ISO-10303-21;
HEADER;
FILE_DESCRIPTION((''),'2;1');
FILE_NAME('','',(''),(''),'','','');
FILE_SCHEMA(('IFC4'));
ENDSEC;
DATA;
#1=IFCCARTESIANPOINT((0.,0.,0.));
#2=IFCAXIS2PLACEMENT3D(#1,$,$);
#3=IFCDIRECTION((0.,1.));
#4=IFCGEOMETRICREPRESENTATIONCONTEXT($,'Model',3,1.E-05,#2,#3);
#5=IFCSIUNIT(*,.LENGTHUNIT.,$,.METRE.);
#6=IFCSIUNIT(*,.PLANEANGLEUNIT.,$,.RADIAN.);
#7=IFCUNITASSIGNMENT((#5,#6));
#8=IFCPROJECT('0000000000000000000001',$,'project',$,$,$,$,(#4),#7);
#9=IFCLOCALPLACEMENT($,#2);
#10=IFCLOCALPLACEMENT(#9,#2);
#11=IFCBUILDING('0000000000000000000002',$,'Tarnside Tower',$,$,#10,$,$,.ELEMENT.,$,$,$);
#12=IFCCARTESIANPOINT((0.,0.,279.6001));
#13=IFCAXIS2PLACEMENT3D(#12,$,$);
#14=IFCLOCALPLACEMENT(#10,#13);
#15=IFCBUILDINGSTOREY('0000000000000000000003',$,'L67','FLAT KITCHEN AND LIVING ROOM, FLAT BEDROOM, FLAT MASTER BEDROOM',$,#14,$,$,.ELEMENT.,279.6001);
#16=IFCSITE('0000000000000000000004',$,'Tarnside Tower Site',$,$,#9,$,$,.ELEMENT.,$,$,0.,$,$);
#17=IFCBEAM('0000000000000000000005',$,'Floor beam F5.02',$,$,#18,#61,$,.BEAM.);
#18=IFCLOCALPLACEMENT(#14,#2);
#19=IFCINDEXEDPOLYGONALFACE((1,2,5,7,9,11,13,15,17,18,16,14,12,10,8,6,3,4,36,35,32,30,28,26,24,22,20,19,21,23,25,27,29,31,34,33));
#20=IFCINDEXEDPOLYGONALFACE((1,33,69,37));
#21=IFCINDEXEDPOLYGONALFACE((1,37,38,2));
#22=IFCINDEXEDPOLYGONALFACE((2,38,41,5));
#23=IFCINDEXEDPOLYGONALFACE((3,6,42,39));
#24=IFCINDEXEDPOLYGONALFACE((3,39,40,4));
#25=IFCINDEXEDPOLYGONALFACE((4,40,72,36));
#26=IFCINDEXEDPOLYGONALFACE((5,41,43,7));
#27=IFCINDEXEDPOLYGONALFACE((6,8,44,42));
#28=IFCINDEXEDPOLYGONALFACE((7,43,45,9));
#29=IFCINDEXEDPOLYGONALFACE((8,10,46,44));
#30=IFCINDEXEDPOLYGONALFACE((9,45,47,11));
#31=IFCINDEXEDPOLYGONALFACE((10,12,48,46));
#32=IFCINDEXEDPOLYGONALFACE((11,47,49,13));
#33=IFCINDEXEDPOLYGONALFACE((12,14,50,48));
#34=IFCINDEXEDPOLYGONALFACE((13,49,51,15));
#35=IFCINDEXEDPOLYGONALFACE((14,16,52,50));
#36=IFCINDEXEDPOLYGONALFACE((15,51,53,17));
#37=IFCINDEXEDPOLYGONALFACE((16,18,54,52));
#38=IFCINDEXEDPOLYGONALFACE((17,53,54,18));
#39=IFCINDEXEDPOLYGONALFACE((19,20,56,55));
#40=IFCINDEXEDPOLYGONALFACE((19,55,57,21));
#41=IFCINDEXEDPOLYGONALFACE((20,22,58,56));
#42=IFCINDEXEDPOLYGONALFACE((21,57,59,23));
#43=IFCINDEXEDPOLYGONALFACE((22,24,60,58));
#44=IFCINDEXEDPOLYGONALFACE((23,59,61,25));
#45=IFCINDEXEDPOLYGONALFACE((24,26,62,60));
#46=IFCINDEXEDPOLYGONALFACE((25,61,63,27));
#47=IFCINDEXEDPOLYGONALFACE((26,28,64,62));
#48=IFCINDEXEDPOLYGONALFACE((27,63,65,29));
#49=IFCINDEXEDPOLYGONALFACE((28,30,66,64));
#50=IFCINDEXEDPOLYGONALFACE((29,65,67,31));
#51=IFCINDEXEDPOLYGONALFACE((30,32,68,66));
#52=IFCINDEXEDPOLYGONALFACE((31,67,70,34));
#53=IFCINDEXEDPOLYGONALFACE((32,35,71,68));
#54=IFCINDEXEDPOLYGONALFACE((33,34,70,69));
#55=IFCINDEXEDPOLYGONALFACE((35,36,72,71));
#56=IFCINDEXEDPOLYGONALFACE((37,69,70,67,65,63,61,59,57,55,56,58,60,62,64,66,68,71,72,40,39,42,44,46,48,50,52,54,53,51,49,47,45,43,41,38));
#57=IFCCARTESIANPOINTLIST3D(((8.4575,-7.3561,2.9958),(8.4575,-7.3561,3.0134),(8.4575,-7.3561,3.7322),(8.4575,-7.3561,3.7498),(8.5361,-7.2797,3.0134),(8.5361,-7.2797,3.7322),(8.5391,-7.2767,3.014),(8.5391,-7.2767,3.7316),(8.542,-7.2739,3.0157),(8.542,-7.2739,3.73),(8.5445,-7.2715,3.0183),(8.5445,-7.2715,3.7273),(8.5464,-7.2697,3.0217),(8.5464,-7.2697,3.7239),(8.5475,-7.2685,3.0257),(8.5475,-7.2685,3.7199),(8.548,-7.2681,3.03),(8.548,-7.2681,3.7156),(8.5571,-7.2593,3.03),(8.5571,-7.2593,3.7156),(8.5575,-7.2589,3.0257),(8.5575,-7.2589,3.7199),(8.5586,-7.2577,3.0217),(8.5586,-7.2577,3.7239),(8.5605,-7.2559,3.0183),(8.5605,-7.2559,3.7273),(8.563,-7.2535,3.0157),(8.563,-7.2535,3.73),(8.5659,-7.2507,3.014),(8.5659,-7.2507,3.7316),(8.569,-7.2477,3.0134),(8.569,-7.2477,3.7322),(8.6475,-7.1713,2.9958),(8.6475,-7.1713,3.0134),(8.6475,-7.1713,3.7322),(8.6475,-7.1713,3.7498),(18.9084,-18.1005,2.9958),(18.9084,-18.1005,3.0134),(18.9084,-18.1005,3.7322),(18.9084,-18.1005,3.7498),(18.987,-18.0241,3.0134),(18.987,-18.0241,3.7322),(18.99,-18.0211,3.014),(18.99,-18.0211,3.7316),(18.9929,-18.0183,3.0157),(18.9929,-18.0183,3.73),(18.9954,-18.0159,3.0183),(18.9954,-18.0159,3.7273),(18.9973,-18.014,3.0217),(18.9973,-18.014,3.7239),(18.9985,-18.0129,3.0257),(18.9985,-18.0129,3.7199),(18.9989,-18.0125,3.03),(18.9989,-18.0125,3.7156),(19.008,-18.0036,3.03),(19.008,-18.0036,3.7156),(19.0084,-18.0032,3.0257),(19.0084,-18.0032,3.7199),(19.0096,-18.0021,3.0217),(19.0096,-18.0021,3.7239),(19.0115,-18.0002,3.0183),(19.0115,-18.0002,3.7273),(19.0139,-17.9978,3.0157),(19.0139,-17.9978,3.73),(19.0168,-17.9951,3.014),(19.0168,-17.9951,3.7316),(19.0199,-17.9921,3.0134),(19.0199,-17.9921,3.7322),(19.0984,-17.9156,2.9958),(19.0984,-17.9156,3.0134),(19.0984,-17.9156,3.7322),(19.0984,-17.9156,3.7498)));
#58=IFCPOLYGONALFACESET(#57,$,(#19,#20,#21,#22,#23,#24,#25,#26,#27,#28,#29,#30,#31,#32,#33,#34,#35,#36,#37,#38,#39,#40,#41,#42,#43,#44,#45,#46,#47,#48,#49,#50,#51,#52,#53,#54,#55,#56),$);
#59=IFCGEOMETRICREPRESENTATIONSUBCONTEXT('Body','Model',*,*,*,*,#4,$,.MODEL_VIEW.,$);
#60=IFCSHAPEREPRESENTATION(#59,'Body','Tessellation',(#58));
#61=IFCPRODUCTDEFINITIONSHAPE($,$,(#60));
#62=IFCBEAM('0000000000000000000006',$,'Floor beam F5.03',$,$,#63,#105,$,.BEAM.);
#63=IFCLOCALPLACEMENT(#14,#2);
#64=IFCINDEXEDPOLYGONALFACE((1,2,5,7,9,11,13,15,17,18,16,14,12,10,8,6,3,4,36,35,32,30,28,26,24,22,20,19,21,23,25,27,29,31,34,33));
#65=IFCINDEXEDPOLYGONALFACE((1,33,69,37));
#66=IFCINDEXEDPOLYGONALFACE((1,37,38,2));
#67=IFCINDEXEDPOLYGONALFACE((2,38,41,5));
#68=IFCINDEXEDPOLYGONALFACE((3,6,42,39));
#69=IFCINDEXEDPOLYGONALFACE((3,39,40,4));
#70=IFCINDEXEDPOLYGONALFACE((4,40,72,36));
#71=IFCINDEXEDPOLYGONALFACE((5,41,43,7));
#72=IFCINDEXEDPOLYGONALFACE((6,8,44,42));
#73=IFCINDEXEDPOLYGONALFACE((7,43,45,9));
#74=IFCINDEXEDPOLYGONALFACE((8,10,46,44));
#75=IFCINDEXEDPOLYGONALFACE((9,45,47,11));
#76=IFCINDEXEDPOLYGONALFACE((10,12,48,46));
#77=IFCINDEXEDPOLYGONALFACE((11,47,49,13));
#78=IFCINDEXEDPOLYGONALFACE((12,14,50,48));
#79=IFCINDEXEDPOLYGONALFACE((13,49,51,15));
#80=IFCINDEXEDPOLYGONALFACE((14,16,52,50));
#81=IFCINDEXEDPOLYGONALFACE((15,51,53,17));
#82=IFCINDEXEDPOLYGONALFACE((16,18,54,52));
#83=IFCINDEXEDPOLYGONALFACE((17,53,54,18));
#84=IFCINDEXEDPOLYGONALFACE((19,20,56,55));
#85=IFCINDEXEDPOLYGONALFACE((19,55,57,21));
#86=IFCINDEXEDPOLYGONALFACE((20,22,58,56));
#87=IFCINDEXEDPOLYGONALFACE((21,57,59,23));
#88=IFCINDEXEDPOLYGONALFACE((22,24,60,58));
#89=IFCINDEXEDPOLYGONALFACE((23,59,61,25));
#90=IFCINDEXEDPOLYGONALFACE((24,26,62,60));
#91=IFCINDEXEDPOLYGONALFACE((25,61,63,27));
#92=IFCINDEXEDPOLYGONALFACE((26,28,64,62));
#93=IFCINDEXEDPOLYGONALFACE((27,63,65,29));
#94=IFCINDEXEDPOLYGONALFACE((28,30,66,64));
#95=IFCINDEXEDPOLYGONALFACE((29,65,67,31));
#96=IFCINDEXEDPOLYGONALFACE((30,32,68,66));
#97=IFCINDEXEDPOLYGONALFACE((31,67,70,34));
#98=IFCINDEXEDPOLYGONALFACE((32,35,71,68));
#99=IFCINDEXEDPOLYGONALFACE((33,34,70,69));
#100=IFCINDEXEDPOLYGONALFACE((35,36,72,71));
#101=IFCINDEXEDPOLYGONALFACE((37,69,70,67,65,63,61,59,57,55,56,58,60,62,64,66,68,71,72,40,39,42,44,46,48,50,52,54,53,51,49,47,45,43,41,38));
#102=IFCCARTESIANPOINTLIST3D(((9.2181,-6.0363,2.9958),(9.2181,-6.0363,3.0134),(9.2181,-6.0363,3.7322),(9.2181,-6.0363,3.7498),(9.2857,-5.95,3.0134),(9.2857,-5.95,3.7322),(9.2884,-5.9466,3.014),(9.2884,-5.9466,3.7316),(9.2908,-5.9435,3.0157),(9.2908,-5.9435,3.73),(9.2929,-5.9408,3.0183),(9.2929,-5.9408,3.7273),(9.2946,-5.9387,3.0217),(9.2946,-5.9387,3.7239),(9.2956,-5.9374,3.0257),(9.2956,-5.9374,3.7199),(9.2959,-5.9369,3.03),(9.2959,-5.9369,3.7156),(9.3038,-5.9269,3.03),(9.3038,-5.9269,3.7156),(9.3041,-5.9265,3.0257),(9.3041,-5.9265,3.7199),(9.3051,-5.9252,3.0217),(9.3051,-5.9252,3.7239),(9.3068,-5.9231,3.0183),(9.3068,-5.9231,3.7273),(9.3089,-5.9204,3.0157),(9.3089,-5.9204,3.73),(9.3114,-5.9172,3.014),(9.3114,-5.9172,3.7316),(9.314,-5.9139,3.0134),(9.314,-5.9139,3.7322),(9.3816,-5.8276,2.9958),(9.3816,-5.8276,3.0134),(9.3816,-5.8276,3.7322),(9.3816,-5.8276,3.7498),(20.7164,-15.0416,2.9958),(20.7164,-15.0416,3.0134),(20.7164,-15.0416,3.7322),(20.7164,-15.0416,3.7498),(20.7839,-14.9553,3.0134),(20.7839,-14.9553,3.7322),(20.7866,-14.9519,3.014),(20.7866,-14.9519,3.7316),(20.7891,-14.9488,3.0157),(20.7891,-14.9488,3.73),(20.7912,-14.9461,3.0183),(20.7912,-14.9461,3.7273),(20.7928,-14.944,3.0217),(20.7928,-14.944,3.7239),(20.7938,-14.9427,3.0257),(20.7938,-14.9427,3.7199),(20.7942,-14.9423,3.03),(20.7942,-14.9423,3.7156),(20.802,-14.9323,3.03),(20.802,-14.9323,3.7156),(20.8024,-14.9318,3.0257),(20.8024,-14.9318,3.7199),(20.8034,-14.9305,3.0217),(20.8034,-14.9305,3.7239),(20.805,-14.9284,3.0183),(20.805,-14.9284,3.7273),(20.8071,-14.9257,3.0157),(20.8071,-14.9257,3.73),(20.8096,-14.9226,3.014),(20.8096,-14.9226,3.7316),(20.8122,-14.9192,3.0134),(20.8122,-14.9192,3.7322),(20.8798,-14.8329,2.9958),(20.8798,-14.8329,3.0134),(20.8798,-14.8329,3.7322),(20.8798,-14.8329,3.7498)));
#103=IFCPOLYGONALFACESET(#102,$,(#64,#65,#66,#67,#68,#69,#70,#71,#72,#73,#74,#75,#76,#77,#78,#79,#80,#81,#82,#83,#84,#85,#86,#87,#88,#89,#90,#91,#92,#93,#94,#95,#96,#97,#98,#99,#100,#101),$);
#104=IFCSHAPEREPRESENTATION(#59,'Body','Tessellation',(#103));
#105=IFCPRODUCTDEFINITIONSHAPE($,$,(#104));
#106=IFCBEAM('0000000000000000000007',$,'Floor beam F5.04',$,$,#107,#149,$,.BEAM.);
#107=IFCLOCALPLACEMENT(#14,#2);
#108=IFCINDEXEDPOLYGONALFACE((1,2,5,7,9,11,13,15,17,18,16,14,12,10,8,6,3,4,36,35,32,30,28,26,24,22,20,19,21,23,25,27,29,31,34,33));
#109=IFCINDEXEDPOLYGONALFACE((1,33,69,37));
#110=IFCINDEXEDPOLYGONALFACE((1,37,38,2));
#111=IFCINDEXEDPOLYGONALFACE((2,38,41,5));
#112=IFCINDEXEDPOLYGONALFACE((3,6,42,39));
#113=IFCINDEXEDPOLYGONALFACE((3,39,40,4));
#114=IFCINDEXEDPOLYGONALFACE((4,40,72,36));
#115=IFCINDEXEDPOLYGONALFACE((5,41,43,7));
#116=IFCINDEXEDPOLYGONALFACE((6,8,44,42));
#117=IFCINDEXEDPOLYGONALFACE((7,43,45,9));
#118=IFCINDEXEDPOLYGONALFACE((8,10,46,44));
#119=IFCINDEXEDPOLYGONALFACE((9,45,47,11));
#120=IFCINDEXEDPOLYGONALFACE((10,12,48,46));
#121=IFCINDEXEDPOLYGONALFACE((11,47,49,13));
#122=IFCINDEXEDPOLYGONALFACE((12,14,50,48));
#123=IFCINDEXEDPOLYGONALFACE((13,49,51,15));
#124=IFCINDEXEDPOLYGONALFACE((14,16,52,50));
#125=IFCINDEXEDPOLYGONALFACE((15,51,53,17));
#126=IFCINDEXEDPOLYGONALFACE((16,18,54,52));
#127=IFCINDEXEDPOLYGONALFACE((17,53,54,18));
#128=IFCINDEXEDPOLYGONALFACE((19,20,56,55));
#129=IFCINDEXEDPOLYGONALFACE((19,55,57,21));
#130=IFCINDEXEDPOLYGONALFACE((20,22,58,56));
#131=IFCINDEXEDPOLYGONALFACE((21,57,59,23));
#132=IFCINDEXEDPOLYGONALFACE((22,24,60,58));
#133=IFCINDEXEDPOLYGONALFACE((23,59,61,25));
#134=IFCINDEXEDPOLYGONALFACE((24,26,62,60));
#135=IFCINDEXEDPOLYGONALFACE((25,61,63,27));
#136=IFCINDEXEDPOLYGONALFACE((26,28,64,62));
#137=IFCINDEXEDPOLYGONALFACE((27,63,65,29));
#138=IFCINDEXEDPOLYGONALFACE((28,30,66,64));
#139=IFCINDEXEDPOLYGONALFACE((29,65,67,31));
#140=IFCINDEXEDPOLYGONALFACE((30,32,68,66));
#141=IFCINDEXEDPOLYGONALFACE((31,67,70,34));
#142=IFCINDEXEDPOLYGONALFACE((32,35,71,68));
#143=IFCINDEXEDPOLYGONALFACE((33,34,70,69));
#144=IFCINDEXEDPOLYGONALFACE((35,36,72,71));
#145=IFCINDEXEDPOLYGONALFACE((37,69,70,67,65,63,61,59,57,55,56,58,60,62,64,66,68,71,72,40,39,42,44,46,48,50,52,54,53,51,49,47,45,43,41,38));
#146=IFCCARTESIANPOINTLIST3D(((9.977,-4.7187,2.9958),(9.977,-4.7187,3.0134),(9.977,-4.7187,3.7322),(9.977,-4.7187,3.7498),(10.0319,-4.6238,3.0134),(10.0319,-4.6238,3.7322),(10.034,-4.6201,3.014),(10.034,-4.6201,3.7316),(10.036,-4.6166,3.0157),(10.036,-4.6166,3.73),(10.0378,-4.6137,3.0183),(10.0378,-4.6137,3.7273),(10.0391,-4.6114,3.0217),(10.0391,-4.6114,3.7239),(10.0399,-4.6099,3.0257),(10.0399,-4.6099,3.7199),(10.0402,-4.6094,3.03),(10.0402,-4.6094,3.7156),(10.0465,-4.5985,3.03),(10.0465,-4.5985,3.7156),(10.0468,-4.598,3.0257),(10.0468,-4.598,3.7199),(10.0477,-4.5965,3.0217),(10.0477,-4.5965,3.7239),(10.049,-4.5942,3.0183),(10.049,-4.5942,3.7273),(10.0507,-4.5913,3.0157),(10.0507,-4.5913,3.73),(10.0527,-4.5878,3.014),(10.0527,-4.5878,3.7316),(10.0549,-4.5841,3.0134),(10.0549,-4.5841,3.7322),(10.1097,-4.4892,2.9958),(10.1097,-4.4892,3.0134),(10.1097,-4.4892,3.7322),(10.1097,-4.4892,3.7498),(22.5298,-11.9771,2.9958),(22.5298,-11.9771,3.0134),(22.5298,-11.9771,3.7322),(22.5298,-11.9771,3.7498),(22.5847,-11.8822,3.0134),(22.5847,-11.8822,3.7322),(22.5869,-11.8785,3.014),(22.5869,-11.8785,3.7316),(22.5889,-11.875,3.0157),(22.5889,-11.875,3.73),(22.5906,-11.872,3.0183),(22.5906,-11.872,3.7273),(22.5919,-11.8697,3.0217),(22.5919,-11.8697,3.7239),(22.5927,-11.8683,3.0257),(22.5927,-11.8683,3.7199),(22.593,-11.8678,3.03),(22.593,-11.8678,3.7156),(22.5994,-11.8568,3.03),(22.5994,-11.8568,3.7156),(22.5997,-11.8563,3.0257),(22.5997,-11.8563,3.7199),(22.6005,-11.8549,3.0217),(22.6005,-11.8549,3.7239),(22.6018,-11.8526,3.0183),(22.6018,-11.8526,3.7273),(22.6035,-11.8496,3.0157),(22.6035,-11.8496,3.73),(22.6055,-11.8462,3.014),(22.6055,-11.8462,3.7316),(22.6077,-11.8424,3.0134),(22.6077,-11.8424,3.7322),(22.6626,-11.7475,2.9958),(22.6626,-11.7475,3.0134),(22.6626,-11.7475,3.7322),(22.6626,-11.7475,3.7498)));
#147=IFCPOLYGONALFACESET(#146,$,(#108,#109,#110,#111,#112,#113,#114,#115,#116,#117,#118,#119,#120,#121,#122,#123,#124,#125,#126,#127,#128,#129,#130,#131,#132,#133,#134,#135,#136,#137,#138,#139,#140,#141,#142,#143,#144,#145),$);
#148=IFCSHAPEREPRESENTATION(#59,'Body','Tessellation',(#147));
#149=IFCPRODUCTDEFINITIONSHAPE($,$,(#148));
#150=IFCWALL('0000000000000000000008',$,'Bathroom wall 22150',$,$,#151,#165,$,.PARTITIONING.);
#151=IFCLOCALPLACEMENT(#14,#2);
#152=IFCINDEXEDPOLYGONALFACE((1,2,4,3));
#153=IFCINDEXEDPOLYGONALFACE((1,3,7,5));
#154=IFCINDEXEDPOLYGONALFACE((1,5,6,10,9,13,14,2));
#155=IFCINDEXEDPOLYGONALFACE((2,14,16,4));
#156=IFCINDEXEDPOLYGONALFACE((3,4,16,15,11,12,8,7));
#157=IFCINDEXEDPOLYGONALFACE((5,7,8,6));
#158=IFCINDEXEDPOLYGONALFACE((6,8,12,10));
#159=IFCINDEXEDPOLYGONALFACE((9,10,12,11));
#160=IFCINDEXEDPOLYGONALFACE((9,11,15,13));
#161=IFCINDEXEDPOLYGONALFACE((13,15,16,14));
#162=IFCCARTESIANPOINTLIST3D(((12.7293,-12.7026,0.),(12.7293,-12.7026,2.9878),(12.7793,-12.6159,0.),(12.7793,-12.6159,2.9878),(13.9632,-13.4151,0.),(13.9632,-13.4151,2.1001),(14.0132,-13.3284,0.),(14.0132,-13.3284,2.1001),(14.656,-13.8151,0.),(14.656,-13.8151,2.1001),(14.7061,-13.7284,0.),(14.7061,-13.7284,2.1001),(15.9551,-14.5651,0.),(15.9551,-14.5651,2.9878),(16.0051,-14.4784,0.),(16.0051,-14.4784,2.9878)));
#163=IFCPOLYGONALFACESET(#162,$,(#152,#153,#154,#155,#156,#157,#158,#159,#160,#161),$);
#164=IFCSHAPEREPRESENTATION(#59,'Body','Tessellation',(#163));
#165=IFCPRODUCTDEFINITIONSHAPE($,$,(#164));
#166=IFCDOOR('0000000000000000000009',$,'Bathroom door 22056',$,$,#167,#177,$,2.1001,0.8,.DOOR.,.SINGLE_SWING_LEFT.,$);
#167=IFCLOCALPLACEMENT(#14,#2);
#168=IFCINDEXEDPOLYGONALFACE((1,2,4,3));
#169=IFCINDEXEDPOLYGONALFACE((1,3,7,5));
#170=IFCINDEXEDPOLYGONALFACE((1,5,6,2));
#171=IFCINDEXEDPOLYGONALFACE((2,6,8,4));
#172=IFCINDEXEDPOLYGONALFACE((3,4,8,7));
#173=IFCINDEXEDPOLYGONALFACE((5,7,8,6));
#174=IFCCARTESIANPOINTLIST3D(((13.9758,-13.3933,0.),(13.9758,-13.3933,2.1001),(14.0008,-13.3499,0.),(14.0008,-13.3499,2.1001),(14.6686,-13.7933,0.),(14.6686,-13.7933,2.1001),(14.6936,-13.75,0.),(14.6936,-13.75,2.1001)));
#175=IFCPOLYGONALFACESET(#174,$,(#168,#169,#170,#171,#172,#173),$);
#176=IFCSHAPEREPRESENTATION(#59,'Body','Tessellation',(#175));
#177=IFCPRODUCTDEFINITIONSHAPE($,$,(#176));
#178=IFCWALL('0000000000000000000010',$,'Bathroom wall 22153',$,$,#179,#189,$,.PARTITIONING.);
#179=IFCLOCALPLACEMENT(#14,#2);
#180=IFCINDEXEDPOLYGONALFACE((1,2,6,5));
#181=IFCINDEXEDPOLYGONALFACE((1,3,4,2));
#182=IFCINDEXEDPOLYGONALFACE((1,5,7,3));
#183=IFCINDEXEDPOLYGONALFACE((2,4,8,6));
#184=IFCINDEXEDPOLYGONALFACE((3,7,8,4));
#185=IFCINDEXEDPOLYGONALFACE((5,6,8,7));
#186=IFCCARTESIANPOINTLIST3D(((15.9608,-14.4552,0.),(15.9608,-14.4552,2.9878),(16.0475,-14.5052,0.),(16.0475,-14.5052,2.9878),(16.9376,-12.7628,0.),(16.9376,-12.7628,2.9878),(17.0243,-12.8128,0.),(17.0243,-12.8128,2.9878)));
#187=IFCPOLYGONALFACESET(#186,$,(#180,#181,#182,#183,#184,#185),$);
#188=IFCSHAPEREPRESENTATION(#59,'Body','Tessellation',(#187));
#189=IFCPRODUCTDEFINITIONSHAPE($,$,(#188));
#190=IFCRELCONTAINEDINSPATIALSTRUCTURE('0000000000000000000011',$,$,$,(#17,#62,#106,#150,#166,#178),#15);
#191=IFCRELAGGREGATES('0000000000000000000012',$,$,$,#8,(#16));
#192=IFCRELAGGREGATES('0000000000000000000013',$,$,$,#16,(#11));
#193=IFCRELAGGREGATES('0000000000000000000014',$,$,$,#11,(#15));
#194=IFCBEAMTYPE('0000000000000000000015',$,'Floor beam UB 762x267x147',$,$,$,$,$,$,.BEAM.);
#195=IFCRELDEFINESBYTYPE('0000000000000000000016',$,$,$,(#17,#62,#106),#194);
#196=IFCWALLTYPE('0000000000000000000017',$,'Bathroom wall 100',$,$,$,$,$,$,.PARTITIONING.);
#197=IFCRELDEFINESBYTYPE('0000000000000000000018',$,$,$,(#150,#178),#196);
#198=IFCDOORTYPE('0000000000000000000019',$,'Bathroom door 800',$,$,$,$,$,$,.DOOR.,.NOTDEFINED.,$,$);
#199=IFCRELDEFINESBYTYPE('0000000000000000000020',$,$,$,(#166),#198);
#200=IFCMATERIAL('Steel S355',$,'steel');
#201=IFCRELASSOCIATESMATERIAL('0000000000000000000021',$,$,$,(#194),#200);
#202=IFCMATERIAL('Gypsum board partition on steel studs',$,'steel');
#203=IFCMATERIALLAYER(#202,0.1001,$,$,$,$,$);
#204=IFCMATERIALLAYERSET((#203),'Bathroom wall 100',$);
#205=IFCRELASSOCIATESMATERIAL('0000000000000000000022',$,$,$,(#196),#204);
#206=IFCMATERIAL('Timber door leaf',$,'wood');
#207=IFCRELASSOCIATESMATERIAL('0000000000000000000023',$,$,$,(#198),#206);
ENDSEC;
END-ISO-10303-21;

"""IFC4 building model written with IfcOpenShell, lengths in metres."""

from ifc_helpers import new_model, si_unit, direction, frame, frame_2d, origin, origin_2d, place, context, subcontext, project, spatial, rectangle, i_section, extrude, material, layer, layer_set, material_profile, profile_set, type_object, element, fill, save


model = new_model("IFC4")

# Units and contexts
model_context = context("Model", 3, precision=1e-05, world=origin(), true_north=direction((0.0, 1.0)))
body_context = subcontext(model_context, "Body", "Model", "MODEL_VIEW")
ifc_project = project(units=[si_unit("LENGTHUNIT", "METRE"), si_unit("PLANEANGLEUNIT", "RADIAN")], contexts=[model_context])

# Site, building, storey
site_placement = place(None, origin())
site = spatial("IfcSite", under=ifc_project, at=site_placement, Name="Tarnside Tower Site", CompositionType="ELEMENT", RefElevation=0.0)
building_placement = place(site_placement, origin())
building = spatial("IfcBuilding", under=site, at=building_placement, Name="Tarnside Tower", CompositionType="ELEMENT")
storey_placement = place(building_placement, frame((0.0, 0.0, 279.6001)))
storey = spatial("IfcBuildingStorey", under=building, at=storey_placement, Name="L67", Description="FLAT KITCHEN AND LIVING ROOM, FLAT BEDROOM, FLAT MASTER BEDROOM", CompositionType="ELEMENT", Elevation=279.6001)

# Beams
ifc_material_1 = material(Name="Steel S355", Category="steel")
ifc_material_profile = material_profile(ifc_material_1, i_section(OverallWidth=0.2651, OverallDepth=0.7539, WebThickness=0.0127, FlangeThickness=0.0176, FilletRadius=0.0166, at=origin_2d()), Name="UB 762x267x147")
ifc_profile_set = profile_set([ifc_material_profile], Name="Steel S355")
beam_type = type_object("IfcBeamType", Name="Floor beam UB 762x267x147", PredefinedType="BEAM", material=ifc_profile_set)
beam_1_placement = place(storey_placement, frame((19.0034, -18.0081, 3.3728), z_axis=(-0.69725, 0.716828, 0.0), x_axis=(-0.716828, -0.69725, 0.0)))
element("IfcBeam", 1, at=beam_1_placement, inside=storey, type_object=beam_type, Name="Floor beam F5.02", PredefinedType="BEAM", context=body_context, shape_type="SweptSolid", body=[
    extrude(i_section(OverallWidth=0.2651, OverallDepth=0.7539, WebThickness=0.0127, FlangeThickness=0.0176, FilletRadius=0.0166, at=origin_2d()), origin(), (0.0, 0.0, 1.0), 14.9888),
])
beam_2_placement = place(storey_placement, frame((20.7981, -14.9373, 3.3728), z_axis=(-0.787282, 0.616593, 0.0), x_axis=(-0.616593, -0.787282, 0.0)))
element("IfcBeam", 2, at=beam_2_placement, inside=storey, type_object=beam_type, Name="Floor beam F5.03", PredefinedType="BEAM", context=body_context, shape_type="SweptSolid", body=[
    extrude(i_section(OverallWidth=0.2651, OverallDepth=0.7539, WebThickness=0.0127, FlangeThickness=0.0176, FilletRadius=0.0166, at=origin_2d()), origin(), (0.0, 0.0, 1.0), 14.605),
])
beam_3_placement = place(storey_placement, frame((22.5962, -11.8623, 3.3728), z_axis=(-0.865697, 0.500568, 0.0), x_axis=(-0.500568, -0.865697, 0.0)))
element("IfcBeam", 3, at=beam_3_placement, inside=storey, type_object=beam_type, Name="Floor beam F5.04", PredefinedType="BEAM", context=body_context, shape_type="SweptSolid", body=[
    extrude(i_section(OverallWidth=0.2651, OverallDepth=0.7539, WebThickness=0.0127, FlangeThickness=0.0176, FilletRadius=0.0166, at=origin_2d()), origin(), (0.0, 0.0, 1.0), 14.5002),
])

# Wall, opening, door
ifc_material_2 = material(Name="Gypsum board partition on steel studs", Category="steel")
ifc_layer_1 = layer(ifc_material_2, 0.1001)
ifc_layer_set_1 = layer_set([ifc_layer_1], Name="Bathroom wall 100")
wall_type_1 = type_object("IfcWallType", Name="Bathroom wall 100", PredefinedType="PARTITIONING", material=ifc_layer_set_1)
wall_1_placement = place(storey_placement, frame((15.98, -14.5217, 0.0), z_axis=(0.0, 0.0, 1.0), x_axis=(-0.866012, 0.500023, 0.0)))
wall_1 = element("IfcWall", 4, at=wall_1_placement, inside=storey, type_object=wall_type_1, Name="Bathroom wall 22150", PredefinedType="PARTITIONING", context=body_context, shape_type="SweptSolid", body=[
    extrude(rectangle(XDim=3.7249, YDim=0.1001, at=frame_2d((1.8623, 0.0))), origin(), (0.0, 0.0, 1.0), 2.9878),
])
opening_1_placement = place(wall_1_placement, frame((1.5, 0.0, 0.0)))
opening_1 = element("IfcOpeningElement", 5, at=opening_1_placement, cuts=wall_1, PredefinedType="OPENING", context=body_context, shape_type="SweptSolid", body=[
    extrude(rectangle(XDim=0.8, YDim=2.1001, at=frame_2d((0.3999, 1.05))), frame((0.0, 0.0601, 0.0), z_axis=(0.0, -1.0, 0.0), x_axis=(1.0, 0.0, 0.0)), (0.0, 0.0, 1.0), 0.1201),
])
ifc_material_3 = material(Name="Timber door leaf", Category="wood")
door_type_1 = type_object("IfcDoorType", Name="Bathroom door 800", OperationType="NOTDEFINED", PredefinedType="DOOR", material=ifc_material_3)
door_1_placement = place(opening_1_placement, origin())
door_1 = element("IfcDoor", 6, at=door_1_placement, inside=storey, type_object=door_type_1, Name="Bathroom door 22056", OperationType="SINGLE_SWING_LEFT", OverallHeight=2.1001, OverallWidth=0.8, PredefinedType="DOOR", context=body_context, shape_type="SweptSolid", body=[
    extrude(rectangle(XDim=0.8, YDim=2.1001, at=frame_2d((0.3999, 1.05))), frame((0.0, 0.0249, 0.0), z_axis=(0.0, -1.0, 0.0), x_axis=(1.0, 0.0, 0.0)), (0.0, 0.0, 1.0), 0.05),
])
fill(opening_1, door_1)

# Wall
wall_2_placement = place(storey_placement, frame((16.0042, -14.4802, 0.0), z_axis=(0.0, 0.0, 1.0), x_axis=(0.499888, 0.86609, 0.0)))
element("IfcWall", 7, at=wall_2_placement, inside=storey, type_object=wall_type_1, Name="Bathroom wall 22153", PredefinedType="PARTITIONING", context=body_context, shape_type="SweptSolid", body=[
    extrude(rectangle(XDim=1.9541, YDim=0.1001, at=frame_2d((0.9771, 0.0))), origin(), (0.0, 0.0, 1.0), 2.9878),
])

save(model, "model.ifc")
